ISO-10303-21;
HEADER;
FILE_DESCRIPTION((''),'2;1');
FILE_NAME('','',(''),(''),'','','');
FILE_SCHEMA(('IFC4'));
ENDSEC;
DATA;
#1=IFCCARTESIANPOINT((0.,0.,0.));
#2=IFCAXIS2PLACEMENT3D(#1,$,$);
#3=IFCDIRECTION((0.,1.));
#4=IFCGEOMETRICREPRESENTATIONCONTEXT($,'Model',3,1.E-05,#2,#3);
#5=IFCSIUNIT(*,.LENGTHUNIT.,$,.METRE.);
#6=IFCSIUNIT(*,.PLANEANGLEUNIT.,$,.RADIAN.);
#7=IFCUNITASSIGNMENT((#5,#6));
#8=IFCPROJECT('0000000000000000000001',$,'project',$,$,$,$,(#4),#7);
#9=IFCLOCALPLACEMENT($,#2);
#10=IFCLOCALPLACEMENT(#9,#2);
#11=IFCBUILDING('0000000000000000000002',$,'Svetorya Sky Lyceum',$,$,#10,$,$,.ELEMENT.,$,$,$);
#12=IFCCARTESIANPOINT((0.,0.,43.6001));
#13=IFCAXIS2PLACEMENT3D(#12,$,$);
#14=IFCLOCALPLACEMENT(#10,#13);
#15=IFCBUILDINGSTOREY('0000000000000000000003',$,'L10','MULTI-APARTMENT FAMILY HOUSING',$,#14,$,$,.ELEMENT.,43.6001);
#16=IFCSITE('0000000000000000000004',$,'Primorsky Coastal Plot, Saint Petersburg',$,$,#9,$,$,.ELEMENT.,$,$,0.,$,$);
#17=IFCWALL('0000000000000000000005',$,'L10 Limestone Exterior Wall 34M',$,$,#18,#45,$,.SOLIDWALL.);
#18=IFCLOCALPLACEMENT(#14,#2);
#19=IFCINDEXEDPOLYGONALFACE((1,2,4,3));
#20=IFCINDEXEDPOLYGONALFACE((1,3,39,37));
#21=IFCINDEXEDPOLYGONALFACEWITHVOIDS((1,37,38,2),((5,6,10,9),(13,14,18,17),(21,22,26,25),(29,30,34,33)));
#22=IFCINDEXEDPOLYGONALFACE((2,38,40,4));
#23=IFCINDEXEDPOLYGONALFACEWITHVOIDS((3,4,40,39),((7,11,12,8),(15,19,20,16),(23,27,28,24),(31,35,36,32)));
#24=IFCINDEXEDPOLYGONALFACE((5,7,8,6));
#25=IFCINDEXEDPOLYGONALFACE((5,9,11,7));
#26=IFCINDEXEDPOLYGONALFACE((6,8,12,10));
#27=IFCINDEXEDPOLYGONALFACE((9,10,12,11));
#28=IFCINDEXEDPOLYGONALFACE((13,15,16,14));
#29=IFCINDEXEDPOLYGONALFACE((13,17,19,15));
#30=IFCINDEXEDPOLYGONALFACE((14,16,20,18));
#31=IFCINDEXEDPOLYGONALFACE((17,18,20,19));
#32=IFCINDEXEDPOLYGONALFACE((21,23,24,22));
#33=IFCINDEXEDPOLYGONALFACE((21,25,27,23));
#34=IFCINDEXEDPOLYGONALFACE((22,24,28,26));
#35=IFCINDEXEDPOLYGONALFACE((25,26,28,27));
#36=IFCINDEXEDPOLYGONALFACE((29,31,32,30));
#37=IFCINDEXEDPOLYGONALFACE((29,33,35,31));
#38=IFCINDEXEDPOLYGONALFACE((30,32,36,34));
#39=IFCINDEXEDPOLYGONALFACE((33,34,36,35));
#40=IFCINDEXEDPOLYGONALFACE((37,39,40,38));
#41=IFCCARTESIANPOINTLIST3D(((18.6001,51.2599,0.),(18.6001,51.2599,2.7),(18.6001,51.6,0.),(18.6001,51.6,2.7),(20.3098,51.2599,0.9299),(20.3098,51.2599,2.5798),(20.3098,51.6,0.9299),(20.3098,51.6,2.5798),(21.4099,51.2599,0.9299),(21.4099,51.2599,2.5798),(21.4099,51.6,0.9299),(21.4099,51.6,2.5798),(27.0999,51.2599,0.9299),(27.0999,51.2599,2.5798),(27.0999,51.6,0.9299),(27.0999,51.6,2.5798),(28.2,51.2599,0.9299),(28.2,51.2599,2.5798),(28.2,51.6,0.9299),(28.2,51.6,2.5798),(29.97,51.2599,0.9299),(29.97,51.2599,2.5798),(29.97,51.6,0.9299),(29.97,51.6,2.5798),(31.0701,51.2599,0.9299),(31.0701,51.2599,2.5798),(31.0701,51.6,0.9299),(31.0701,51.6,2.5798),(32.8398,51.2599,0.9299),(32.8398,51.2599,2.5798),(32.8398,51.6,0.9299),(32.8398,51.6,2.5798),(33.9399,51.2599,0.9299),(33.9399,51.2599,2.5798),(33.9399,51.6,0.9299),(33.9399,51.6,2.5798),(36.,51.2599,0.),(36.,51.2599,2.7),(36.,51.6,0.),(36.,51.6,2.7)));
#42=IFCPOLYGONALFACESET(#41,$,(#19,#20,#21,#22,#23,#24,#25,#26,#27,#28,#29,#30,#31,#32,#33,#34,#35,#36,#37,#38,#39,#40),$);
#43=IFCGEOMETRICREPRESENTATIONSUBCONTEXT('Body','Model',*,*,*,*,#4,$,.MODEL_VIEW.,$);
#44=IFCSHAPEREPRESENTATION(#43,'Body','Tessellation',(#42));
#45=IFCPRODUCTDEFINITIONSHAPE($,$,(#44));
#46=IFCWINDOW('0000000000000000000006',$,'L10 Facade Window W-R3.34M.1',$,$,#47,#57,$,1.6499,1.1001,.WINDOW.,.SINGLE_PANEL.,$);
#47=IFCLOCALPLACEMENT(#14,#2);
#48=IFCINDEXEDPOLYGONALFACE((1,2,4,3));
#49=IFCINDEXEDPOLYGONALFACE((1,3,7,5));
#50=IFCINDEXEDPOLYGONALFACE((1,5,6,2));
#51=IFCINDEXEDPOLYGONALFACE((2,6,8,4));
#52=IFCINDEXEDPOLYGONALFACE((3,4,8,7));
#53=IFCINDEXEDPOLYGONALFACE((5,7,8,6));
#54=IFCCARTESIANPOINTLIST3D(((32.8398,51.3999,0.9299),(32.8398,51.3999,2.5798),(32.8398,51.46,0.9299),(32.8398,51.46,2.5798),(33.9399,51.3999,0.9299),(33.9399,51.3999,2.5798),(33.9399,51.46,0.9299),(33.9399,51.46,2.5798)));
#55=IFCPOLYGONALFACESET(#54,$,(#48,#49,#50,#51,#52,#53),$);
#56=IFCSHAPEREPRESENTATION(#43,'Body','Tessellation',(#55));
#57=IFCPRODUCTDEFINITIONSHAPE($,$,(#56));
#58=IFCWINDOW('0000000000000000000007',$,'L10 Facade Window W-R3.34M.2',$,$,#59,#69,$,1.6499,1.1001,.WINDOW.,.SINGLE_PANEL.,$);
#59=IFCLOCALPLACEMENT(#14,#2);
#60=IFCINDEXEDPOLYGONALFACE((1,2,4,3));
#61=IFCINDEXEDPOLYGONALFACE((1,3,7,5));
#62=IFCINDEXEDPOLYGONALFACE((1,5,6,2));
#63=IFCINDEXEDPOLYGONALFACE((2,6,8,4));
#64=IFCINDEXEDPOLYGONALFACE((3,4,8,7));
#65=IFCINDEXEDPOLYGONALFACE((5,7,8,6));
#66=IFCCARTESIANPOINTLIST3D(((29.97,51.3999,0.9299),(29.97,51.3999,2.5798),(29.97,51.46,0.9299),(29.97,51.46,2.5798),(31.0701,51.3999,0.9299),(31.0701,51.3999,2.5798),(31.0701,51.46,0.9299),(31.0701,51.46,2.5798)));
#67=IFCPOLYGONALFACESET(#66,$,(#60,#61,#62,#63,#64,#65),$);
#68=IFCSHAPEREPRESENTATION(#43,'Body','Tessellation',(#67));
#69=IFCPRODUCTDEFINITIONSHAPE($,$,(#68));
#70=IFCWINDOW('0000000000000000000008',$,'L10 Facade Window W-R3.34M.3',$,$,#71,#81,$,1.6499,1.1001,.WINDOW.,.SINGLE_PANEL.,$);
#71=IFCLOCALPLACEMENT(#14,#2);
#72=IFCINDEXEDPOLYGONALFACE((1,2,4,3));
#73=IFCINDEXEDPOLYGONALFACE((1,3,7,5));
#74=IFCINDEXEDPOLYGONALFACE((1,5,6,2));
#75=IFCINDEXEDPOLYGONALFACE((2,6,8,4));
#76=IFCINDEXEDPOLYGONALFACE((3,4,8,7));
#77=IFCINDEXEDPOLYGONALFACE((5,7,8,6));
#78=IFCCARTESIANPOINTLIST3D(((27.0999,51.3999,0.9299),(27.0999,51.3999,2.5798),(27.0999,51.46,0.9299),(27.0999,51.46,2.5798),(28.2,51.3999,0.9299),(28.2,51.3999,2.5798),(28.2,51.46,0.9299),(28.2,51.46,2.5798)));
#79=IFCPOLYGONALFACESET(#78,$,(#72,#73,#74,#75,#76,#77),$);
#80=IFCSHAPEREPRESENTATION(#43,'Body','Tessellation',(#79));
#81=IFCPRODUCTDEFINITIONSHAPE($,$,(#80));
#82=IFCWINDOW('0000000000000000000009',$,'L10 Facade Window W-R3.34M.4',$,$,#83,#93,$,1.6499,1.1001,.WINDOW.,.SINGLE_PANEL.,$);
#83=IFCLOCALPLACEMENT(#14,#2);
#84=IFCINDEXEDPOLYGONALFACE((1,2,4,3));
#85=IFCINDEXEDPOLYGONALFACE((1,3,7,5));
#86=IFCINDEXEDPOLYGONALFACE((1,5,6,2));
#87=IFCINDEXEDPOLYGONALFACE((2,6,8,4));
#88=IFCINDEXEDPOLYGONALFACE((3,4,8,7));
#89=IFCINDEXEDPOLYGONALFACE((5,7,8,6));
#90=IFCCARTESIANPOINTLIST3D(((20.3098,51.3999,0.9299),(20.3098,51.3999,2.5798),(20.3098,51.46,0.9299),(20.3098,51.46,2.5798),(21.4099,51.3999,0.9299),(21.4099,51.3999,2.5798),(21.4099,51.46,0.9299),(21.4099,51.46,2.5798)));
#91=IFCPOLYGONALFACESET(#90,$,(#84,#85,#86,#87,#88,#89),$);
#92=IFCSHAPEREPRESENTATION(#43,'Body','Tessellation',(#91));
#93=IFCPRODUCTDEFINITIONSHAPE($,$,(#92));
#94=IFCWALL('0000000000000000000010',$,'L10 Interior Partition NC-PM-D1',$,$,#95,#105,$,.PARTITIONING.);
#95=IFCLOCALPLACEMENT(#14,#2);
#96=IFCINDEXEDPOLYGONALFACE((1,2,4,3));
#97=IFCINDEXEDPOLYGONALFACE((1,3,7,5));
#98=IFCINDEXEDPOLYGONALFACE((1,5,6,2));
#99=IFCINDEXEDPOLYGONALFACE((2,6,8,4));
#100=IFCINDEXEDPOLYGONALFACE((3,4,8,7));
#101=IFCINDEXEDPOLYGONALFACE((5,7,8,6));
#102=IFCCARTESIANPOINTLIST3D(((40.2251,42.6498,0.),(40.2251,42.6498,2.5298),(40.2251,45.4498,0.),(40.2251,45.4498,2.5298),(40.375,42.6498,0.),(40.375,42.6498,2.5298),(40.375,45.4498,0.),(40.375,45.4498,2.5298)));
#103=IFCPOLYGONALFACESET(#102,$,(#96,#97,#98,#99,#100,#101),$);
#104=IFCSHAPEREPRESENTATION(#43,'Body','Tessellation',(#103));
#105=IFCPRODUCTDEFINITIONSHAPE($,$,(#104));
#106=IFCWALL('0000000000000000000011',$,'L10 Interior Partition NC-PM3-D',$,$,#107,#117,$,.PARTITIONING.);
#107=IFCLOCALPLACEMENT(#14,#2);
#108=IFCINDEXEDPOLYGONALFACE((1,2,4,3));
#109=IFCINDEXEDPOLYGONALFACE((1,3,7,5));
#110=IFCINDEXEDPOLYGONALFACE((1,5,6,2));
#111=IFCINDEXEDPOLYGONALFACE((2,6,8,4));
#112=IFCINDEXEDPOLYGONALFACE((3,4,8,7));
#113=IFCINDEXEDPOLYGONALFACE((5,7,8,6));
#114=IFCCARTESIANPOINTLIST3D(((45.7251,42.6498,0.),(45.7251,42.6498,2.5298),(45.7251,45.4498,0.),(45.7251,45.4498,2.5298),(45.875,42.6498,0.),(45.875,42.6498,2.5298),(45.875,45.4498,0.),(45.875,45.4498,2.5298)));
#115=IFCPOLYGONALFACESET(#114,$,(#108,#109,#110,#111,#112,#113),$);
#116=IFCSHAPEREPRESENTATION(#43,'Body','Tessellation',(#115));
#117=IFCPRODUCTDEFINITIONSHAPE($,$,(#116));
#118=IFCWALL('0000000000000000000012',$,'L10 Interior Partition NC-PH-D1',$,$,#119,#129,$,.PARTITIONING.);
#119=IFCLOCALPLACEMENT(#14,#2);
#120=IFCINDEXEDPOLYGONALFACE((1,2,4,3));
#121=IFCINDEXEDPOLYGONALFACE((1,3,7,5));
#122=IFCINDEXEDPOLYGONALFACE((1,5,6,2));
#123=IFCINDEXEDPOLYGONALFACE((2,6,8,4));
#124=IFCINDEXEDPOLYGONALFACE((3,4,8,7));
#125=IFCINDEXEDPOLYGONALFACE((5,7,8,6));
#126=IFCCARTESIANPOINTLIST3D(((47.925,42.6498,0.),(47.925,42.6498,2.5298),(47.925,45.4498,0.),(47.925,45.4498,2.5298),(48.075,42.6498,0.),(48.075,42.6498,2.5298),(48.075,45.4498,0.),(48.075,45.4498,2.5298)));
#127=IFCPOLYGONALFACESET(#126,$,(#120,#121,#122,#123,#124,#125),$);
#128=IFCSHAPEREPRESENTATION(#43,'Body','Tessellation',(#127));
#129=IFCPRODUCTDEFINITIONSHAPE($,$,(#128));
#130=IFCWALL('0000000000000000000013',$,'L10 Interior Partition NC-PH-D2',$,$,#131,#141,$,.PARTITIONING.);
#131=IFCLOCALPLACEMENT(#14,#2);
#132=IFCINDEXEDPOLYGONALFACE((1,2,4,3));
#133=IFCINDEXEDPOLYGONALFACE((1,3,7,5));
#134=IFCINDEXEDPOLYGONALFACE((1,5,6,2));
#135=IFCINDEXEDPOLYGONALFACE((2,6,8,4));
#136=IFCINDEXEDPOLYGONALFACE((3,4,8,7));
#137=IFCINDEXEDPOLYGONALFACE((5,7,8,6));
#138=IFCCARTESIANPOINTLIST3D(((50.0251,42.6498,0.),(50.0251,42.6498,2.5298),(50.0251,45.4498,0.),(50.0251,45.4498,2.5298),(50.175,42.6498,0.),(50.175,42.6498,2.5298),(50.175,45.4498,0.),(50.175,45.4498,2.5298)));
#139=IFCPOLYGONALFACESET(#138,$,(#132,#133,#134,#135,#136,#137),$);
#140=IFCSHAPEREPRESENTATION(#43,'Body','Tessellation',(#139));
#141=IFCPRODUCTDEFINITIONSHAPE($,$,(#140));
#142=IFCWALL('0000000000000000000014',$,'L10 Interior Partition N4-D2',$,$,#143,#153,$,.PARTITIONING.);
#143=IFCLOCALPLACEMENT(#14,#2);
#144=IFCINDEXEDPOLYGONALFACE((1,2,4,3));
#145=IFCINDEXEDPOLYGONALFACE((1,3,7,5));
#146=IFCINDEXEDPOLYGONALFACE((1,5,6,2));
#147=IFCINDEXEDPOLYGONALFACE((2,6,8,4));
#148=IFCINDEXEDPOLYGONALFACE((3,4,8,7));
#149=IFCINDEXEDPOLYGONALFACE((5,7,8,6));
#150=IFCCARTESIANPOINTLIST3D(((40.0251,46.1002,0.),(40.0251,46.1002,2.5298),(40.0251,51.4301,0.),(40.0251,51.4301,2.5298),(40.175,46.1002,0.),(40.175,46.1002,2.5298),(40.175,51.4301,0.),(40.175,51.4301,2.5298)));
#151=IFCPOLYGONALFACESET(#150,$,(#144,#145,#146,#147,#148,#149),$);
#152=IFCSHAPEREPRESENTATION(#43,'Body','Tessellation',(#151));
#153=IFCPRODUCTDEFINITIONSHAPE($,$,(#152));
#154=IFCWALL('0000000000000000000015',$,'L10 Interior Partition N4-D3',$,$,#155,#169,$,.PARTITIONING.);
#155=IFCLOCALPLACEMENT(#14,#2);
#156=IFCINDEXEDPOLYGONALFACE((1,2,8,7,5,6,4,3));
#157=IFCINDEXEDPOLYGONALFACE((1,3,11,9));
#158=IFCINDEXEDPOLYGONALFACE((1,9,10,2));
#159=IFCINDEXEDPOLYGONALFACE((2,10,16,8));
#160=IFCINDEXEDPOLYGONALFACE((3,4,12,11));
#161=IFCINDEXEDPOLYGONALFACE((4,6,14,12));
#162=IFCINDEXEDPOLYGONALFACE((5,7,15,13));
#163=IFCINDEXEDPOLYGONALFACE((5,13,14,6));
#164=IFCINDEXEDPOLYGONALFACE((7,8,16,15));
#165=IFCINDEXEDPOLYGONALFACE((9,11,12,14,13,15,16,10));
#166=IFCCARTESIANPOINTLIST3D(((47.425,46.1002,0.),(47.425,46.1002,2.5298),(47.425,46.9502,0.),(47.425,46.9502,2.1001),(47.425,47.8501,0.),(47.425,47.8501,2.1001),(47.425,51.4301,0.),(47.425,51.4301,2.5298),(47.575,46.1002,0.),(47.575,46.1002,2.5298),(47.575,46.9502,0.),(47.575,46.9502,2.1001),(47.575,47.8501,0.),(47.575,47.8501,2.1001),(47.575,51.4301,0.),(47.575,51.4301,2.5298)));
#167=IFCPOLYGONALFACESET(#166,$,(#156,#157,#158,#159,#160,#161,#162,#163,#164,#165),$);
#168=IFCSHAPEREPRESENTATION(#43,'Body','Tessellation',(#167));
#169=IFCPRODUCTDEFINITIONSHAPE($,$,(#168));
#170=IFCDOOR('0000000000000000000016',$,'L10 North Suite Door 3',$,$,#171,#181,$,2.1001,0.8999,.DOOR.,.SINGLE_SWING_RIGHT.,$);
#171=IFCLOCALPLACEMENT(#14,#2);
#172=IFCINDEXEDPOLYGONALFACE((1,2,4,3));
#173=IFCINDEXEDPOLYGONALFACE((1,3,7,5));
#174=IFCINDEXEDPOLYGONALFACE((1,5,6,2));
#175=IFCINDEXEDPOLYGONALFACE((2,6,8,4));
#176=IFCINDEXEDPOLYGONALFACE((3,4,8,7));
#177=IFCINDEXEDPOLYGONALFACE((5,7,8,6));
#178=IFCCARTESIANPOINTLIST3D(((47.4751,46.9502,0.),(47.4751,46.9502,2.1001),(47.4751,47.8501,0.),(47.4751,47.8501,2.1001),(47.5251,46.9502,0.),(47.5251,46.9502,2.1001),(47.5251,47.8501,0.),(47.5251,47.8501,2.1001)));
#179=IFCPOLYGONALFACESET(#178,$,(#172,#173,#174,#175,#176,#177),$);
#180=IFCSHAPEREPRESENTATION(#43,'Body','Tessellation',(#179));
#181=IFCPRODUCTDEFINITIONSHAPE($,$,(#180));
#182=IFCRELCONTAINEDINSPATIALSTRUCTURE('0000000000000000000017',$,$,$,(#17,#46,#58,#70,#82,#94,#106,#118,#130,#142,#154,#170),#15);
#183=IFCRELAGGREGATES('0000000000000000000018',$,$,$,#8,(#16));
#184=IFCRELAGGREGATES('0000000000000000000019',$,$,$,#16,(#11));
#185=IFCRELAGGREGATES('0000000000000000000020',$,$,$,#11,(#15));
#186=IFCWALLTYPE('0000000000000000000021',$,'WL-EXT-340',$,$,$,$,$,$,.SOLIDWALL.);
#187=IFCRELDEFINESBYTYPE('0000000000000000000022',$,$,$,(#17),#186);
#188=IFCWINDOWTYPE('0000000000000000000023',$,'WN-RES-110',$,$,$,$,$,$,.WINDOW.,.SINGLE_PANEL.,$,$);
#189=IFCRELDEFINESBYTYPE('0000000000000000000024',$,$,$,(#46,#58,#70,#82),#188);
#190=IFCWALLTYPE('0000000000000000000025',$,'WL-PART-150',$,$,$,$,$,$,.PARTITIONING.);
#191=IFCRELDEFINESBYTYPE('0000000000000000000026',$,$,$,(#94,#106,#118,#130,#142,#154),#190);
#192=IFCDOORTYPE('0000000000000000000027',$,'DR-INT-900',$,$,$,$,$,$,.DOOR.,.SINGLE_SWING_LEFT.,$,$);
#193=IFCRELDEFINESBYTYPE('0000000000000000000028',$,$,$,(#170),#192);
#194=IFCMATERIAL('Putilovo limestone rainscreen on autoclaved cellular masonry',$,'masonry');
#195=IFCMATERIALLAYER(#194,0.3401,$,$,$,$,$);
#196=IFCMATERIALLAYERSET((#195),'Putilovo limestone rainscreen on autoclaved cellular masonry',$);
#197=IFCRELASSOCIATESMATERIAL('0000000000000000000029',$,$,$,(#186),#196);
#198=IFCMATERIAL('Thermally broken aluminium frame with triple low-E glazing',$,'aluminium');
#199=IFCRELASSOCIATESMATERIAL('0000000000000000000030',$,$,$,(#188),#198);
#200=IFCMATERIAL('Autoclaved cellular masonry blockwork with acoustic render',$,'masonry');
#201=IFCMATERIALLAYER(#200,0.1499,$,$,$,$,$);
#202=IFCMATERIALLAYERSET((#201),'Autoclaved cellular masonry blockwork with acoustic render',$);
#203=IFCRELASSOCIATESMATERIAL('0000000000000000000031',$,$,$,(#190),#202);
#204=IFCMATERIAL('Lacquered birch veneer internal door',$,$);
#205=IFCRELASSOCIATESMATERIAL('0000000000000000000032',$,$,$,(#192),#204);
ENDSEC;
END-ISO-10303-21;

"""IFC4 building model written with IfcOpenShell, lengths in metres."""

from ifc_helpers import new_model, si_unit, direction, frame, frame_2d, origin, place, context, subcontext, project, spatial, rectangle, extrude, material, layer, layer_set, type_object, element, fill, save


model = new_model("IFC4")

# Units and contexts
model_context = context("Model", 3, precision=1e-05, world=origin(), true_north=direction((0.0, 1.0)))
body_context = subcontext(model_context, "Body", "Model", "MODEL_VIEW")
ifc_project = project(units=[si_unit("LENGTHUNIT", "METRE"), si_unit("PLANEANGLEUNIT", "RADIAN")], contexts=[model_context])

# Site, building, storey
site_placement = place(None, origin())
site = spatial("IfcSite", under=ifc_project, at=site_placement, Name="Primorsky Coastal Plot, Saint Petersburg", CompositionType="ELEMENT", RefElevation=0.0)
building_placement = place(site_placement, origin())
building = spatial("IfcBuilding", under=site, at=building_placement, Name="Svetorya Sky Lyceum", CompositionType="ELEMENT")
storey_placement = place(building_placement, frame((0.0, 0.0, 43.6001)))
storey = spatial("IfcBuildingStorey", under=building, at=storey_placement, Name="L10", Description="MULTI-APARTMENT FAMILY HOUSING", CompositionType="ELEMENT", Elevation=43.6001)

# Shared definitions
ifc_material_1 = material(Name="Putilovo limestone rainscreen on autoclaved cellular masonry", Category="masonry")
ifc_layer_1 = layer(ifc_material_1, 0.3401)
ifc_layer_set_1 = layer_set([ifc_layer_1], Name="Putilovo limestone rainscreen on autoclaved cellular masonry")
wall_type_1 = type_object("IfcWallType", Name="WL-EXT-340", PredefinedType="SOLIDWALL", material=ifc_layer_set_1)

# Wall, openings, windows
wall_1_placement = place(storey_placement, frame((36.0, 51.4299, 0.0), z_axis=(0.0, 0.0, 1.0), x_axis=(-1.0, 0.0, 0.0)))
wall_1 = element("IfcWall", 1, at=wall_1_placement, inside=storey, type_object=wall_type_1, Name="L10 Limestone Exterior Wall 34M", PredefinedType="SOLIDWALL", context=body_context, shape_type="SweptSolid", body=[
    extrude(rectangle(XDim=17.3999, YDim=0.3401, at=frame_2d((8.7, 0.0))), origin(), (0.0, 0.0, 1.0), 2.7),
])
opening_1_placement = place(wall_1_placement, frame((2.0601, 0.0, 0.9299)))
opening_1 = element("IfcOpeningElement", 2, at=opening_1_placement, cuts=wall_1, PredefinedType="OPENING", context=body_context, shape_type="SweptSolid", body=[
    extrude(rectangle(XDim=1.1001, YDim=1.6499, at=frame_2d((0.55, 0.825))), frame((0.0, 0.1799, 0.0), z_axis=(0.0, -1.0, 0.0), x_axis=(1.0, 0.0, 0.0)), (0.0, 0.0, 1.0), 0.3601),
])
opening_2_placement = place(wall_1_placement, frame((4.9299, 0.0, 0.9299)))
opening_2 = element("IfcOpeningElement", 3, at=opening_2_placement, cuts=wall_1, PredefinedType="OPENING", context=body_context, shape_type="SweptSolid", body=[
    extrude(rectangle(XDim=1.1001, YDim=1.6499, at=frame_2d((0.55, 0.825))), frame((0.0, 0.1799, 0.0), z_axis=(0.0, -1.0, 0.0), x_axis=(1.0, 0.0, 0.0)), (0.0, 0.0, 1.0), 0.3601),
])
opening_3_placement = place(wall_1_placement, frame((7.8, 0.0, 0.9299)))
opening_3 = element("IfcOpeningElement", 4, at=opening_3_placement, cuts=wall_1, PredefinedType="OPENING", context=body_context, shape_type="SweptSolid", body=[
    extrude(rectangle(XDim=1.1001, YDim=1.6499, at=frame_2d((0.55, 0.825))), frame((0.0, 0.1799, 0.0), z_axis=(0.0, -1.0, 0.0), x_axis=(1.0, 0.0, 0.0)), (0.0, 0.0, 1.0), 0.3601),
])
opening_4_placement = place(wall_1_placement, frame((14.5901, 0.0, 0.9299)))
opening_4 = element("IfcOpeningElement", 5, at=opening_4_placement, cuts=wall_1, PredefinedType="OPENING", context=body_context, shape_type="SweptSolid", body=[
    extrude(rectangle(XDim=1.1001, YDim=1.6499, at=frame_2d((0.55, 0.825))), frame((0.0, 0.1799, 0.0), z_axis=(0.0, -1.0, 0.0), x_axis=(1.0, 0.0, 0.0)), (0.0, 0.0, 1.0), 0.3601),
])
ifc_material_2 = material(Name="Thermally broken aluminium frame with triple low-E glazing", Category="aluminium")
window_type = type_object("IfcWindowType", Name="WN-RES-110", PartitioningType="SINGLE_PANEL", PredefinedType="WINDOW", material=ifc_material_2)
window_1_placement = place(opening_1_placement, origin())
window_1 = element("IfcWindow", 6, at=window_1_placement, inside=storey, type_object=window_type, Name="L10 Facade Window W-R3.34M.1", OverallHeight=1.6499, OverallWidth=1.1001, PartitioningType="SINGLE_PANEL", PredefinedType="WINDOW", context=body_context, shape_type="SweptSolid", body=[
    extrude(rectangle(XDim=1.1001, YDim=1.6499, at=frame_2d((0.55, 0.825))), frame((0.0, 0.03, 0.0), z_axis=(0.0, -1.0, 0.0), x_axis=(1.0, 0.0, 0.0)), (0.0, 0.0, 1.0), 0.0601),
])
fill(opening_1, window_1)
window_2_placement = place(opening_2_placement, origin())
window_2 = element("IfcWindow", 7, at=window_2_placement, inside=storey, type_object=window_type, Name="L10 Facade Window W-R3.34M.2", OverallHeight=1.6499, OverallWidth=1.1001, PartitioningType="SINGLE_PANEL", PredefinedType="WINDOW", context=body_context, shape_type="SweptSolid", body=[
    extrude(rectangle(XDim=1.1001, YDim=1.6499, at=frame_2d((0.55, 0.825))), frame((0.0, 0.03, 0.0), z_axis=(0.0, -1.0, 0.0), x_axis=(1.0, 0.0, 0.0)), (0.0, 0.0, 1.0), 0.0601),
])
fill(opening_2, window_2)
window_3_placement = place(opening_3_placement, origin())
window_3 = element("IfcWindow", 8, at=window_3_placement, inside=storey, type_object=window_type, Name="L10 Facade Window W-R3.34M.3", OverallHeight=1.6499, OverallWidth=1.1001, PartitioningType="SINGLE_PANEL", PredefinedType="WINDOW", context=body_context, shape_type="SweptSolid", body=[
    extrude(rectangle(XDim=1.1001, YDim=1.6499, at=frame_2d((0.55, 0.825))), frame((0.0, 0.03, 0.0), z_axis=(0.0, -1.0, 0.0), x_axis=(1.0, 0.0, 0.0)), (0.0, 0.0, 1.0), 0.0601),
])
fill(opening_3, window_3)
window_4_placement = place(opening_4_placement, origin())
window_4 = element("IfcWindow", 9, at=window_4_placement, inside=storey, type_object=window_type, Name="L10 Facade Window W-R3.34M.4", OverallHeight=1.6499, OverallWidth=1.1001, PartitioningType="SINGLE_PANEL", PredefinedType="WINDOW", context=body_context, shape_type="SweptSolid", body=[
    extrude(rectangle(XDim=1.1001, YDim=1.6499, at=frame_2d((0.55, 0.825))), frame((0.0, 0.03, 0.0), z_axis=(0.0, -1.0, 0.0), x_axis=(1.0, 0.0, 0.0)), (0.0, 0.0, 1.0), 0.0601),
])
fill(opening_4, window_4)

# Walls
ifc_material_3 = material(Name="Autoclaved cellular masonry blockwork with acoustic render", Category="masonry")
ifc_layer_2 = layer(ifc_material_3, 0.1499)
ifc_layer_set_2 = layer_set([ifc_layer_2], Name="Autoclaved cellular masonry blockwork with acoustic render")
wall_type_2 = type_object("IfcWallType", Name="WL-PART-150", PredefinedType="PARTITIONING", material=ifc_layer_set_2)
for number, where, z_axis, x_axis, name in (
    (10, (40.3, 42.6499, 0.0), (0.0, 0.0, 1.0), (0.0, 1.0, 0.0), "L10 Interior Partition NC-PM-D1"),
    (11, (45.8, 42.6499, 0.0), (0.0, 0.0, 1.0), (0.0, 1.0, 0.0), "L10 Interior Partition NC-PM3-D"),
    (12, (48.0, 42.6499, 0.0), (0.0, 0.0, 1.0), (0.0, 1.0, 0.0), "L10 Interior Partition NC-PH-D1"),
    (13, (50.1001, 42.6499, 0.0), (0.0, 0.0, 1.0), (0.0, 1.0, 0.0), "L10 Interior Partition NC-PH-D2"),
):
    element("IfcWall", number, at=place(storey_placement, frame(where, z_axis=z_axis, x_axis=x_axis)), inside=storey, type_object=wall_type_2, Name=name, PredefinedType="PARTITIONING", context=body_context, shape_type="SweptSolid", body=[
        extrude(rectangle(XDim=2.8, YDim=0.1499, at=frame_2d((1.3999, 0.0))), origin(), (0.0, 0.0, 1.0), 2.5298),
    ])
wall_2_placement = place(storey_placement, frame((40.1001, 46.1001, 0.0), z_axis=(0.0, 0.0, 1.0), x_axis=(0.0, 1.0, 0.0)))
element("IfcWall", 14, at=wall_2_placement, inside=storey, type_object=wall_type_2, Name="L10 Interior Partition N4-D2", PredefinedType="PARTITIONING", context=body_context, shape_type="SweptSolid", body=[
    extrude(rectangle(XDim=5.3298, YDim=0.1499, at=frame_2d((2.665, 0.0))), origin(), (0.0, 0.0, 1.0), 2.5298),
])

# Wall, opening, door
wall_3_placement = place(storey_placement, frame((47.5, 46.1001, 0.0), z_axis=(0.0, 0.0, 1.0), x_axis=(0.0, 1.0, 0.0)))
wall_3 = element("IfcWall", 15, at=wall_3_placement, inside=storey, type_object=wall_type_2, Name="L10 Interior Partition N4-D3", PredefinedType="PARTITIONING", context=body_context, shape_type="SweptSolid", body=[
    extrude(rectangle(XDim=5.3298, YDim=0.1499, at=frame_2d((2.665, 0.0))), origin(), (0.0, 0.0, 1.0), 2.5298),
])
opening_5_placement = place(wall_3_placement, frame((0.8501, 0.0, 0.0)))
opening_5 = element("IfcOpeningElement", 16, at=opening_5_placement, cuts=wall_3, PredefinedType="OPENING", context=body_context, shape_type="SweptSolid", body=[
    extrude(rectangle(XDim=0.8999, YDim=2.1001, at=frame_2d((0.45, 1.05))), frame((0.0, 0.085, 0.0), z_axis=(0.0, -1.0, 0.0), x_axis=(1.0, 0.0, 0.0)), (0.0, 0.0, 1.0), 0.1699),
])
ifc_material_4 = material(Name="Lacquered birch veneer internal door")
door_type = type_object("IfcDoorType", Name="DR-INT-900", OperationType="SINGLE_SWING_LEFT", PredefinedType="DOOR", material=ifc_material_4)
door_placement = place(opening_5_placement, origin())
door = element("IfcDoor", 17, at=door_placement, inside=storey, type_object=door_type, Name="L10 North Suite Door 3", OperationType="SINGLE_SWING_RIGHT", OverallHeight=2.1001, OverallWidth=0.8999, PredefinedType="DOOR", context=body_context, shape_type="SweptSolid", body=[
    extrude(rectangle(XDim=0.8999, YDim=2.1001, at=frame_2d((0.45, 1.05))), frame((0.0, 0.0249, 0.0), z_axis=(0.0, -1.0, 0.0), x_axis=(1.0, 0.0, 0.0)), (0.0, 0.0, 1.0), 0.05),
])
fill(opening_5, door)

save(model, "model.ifc")
